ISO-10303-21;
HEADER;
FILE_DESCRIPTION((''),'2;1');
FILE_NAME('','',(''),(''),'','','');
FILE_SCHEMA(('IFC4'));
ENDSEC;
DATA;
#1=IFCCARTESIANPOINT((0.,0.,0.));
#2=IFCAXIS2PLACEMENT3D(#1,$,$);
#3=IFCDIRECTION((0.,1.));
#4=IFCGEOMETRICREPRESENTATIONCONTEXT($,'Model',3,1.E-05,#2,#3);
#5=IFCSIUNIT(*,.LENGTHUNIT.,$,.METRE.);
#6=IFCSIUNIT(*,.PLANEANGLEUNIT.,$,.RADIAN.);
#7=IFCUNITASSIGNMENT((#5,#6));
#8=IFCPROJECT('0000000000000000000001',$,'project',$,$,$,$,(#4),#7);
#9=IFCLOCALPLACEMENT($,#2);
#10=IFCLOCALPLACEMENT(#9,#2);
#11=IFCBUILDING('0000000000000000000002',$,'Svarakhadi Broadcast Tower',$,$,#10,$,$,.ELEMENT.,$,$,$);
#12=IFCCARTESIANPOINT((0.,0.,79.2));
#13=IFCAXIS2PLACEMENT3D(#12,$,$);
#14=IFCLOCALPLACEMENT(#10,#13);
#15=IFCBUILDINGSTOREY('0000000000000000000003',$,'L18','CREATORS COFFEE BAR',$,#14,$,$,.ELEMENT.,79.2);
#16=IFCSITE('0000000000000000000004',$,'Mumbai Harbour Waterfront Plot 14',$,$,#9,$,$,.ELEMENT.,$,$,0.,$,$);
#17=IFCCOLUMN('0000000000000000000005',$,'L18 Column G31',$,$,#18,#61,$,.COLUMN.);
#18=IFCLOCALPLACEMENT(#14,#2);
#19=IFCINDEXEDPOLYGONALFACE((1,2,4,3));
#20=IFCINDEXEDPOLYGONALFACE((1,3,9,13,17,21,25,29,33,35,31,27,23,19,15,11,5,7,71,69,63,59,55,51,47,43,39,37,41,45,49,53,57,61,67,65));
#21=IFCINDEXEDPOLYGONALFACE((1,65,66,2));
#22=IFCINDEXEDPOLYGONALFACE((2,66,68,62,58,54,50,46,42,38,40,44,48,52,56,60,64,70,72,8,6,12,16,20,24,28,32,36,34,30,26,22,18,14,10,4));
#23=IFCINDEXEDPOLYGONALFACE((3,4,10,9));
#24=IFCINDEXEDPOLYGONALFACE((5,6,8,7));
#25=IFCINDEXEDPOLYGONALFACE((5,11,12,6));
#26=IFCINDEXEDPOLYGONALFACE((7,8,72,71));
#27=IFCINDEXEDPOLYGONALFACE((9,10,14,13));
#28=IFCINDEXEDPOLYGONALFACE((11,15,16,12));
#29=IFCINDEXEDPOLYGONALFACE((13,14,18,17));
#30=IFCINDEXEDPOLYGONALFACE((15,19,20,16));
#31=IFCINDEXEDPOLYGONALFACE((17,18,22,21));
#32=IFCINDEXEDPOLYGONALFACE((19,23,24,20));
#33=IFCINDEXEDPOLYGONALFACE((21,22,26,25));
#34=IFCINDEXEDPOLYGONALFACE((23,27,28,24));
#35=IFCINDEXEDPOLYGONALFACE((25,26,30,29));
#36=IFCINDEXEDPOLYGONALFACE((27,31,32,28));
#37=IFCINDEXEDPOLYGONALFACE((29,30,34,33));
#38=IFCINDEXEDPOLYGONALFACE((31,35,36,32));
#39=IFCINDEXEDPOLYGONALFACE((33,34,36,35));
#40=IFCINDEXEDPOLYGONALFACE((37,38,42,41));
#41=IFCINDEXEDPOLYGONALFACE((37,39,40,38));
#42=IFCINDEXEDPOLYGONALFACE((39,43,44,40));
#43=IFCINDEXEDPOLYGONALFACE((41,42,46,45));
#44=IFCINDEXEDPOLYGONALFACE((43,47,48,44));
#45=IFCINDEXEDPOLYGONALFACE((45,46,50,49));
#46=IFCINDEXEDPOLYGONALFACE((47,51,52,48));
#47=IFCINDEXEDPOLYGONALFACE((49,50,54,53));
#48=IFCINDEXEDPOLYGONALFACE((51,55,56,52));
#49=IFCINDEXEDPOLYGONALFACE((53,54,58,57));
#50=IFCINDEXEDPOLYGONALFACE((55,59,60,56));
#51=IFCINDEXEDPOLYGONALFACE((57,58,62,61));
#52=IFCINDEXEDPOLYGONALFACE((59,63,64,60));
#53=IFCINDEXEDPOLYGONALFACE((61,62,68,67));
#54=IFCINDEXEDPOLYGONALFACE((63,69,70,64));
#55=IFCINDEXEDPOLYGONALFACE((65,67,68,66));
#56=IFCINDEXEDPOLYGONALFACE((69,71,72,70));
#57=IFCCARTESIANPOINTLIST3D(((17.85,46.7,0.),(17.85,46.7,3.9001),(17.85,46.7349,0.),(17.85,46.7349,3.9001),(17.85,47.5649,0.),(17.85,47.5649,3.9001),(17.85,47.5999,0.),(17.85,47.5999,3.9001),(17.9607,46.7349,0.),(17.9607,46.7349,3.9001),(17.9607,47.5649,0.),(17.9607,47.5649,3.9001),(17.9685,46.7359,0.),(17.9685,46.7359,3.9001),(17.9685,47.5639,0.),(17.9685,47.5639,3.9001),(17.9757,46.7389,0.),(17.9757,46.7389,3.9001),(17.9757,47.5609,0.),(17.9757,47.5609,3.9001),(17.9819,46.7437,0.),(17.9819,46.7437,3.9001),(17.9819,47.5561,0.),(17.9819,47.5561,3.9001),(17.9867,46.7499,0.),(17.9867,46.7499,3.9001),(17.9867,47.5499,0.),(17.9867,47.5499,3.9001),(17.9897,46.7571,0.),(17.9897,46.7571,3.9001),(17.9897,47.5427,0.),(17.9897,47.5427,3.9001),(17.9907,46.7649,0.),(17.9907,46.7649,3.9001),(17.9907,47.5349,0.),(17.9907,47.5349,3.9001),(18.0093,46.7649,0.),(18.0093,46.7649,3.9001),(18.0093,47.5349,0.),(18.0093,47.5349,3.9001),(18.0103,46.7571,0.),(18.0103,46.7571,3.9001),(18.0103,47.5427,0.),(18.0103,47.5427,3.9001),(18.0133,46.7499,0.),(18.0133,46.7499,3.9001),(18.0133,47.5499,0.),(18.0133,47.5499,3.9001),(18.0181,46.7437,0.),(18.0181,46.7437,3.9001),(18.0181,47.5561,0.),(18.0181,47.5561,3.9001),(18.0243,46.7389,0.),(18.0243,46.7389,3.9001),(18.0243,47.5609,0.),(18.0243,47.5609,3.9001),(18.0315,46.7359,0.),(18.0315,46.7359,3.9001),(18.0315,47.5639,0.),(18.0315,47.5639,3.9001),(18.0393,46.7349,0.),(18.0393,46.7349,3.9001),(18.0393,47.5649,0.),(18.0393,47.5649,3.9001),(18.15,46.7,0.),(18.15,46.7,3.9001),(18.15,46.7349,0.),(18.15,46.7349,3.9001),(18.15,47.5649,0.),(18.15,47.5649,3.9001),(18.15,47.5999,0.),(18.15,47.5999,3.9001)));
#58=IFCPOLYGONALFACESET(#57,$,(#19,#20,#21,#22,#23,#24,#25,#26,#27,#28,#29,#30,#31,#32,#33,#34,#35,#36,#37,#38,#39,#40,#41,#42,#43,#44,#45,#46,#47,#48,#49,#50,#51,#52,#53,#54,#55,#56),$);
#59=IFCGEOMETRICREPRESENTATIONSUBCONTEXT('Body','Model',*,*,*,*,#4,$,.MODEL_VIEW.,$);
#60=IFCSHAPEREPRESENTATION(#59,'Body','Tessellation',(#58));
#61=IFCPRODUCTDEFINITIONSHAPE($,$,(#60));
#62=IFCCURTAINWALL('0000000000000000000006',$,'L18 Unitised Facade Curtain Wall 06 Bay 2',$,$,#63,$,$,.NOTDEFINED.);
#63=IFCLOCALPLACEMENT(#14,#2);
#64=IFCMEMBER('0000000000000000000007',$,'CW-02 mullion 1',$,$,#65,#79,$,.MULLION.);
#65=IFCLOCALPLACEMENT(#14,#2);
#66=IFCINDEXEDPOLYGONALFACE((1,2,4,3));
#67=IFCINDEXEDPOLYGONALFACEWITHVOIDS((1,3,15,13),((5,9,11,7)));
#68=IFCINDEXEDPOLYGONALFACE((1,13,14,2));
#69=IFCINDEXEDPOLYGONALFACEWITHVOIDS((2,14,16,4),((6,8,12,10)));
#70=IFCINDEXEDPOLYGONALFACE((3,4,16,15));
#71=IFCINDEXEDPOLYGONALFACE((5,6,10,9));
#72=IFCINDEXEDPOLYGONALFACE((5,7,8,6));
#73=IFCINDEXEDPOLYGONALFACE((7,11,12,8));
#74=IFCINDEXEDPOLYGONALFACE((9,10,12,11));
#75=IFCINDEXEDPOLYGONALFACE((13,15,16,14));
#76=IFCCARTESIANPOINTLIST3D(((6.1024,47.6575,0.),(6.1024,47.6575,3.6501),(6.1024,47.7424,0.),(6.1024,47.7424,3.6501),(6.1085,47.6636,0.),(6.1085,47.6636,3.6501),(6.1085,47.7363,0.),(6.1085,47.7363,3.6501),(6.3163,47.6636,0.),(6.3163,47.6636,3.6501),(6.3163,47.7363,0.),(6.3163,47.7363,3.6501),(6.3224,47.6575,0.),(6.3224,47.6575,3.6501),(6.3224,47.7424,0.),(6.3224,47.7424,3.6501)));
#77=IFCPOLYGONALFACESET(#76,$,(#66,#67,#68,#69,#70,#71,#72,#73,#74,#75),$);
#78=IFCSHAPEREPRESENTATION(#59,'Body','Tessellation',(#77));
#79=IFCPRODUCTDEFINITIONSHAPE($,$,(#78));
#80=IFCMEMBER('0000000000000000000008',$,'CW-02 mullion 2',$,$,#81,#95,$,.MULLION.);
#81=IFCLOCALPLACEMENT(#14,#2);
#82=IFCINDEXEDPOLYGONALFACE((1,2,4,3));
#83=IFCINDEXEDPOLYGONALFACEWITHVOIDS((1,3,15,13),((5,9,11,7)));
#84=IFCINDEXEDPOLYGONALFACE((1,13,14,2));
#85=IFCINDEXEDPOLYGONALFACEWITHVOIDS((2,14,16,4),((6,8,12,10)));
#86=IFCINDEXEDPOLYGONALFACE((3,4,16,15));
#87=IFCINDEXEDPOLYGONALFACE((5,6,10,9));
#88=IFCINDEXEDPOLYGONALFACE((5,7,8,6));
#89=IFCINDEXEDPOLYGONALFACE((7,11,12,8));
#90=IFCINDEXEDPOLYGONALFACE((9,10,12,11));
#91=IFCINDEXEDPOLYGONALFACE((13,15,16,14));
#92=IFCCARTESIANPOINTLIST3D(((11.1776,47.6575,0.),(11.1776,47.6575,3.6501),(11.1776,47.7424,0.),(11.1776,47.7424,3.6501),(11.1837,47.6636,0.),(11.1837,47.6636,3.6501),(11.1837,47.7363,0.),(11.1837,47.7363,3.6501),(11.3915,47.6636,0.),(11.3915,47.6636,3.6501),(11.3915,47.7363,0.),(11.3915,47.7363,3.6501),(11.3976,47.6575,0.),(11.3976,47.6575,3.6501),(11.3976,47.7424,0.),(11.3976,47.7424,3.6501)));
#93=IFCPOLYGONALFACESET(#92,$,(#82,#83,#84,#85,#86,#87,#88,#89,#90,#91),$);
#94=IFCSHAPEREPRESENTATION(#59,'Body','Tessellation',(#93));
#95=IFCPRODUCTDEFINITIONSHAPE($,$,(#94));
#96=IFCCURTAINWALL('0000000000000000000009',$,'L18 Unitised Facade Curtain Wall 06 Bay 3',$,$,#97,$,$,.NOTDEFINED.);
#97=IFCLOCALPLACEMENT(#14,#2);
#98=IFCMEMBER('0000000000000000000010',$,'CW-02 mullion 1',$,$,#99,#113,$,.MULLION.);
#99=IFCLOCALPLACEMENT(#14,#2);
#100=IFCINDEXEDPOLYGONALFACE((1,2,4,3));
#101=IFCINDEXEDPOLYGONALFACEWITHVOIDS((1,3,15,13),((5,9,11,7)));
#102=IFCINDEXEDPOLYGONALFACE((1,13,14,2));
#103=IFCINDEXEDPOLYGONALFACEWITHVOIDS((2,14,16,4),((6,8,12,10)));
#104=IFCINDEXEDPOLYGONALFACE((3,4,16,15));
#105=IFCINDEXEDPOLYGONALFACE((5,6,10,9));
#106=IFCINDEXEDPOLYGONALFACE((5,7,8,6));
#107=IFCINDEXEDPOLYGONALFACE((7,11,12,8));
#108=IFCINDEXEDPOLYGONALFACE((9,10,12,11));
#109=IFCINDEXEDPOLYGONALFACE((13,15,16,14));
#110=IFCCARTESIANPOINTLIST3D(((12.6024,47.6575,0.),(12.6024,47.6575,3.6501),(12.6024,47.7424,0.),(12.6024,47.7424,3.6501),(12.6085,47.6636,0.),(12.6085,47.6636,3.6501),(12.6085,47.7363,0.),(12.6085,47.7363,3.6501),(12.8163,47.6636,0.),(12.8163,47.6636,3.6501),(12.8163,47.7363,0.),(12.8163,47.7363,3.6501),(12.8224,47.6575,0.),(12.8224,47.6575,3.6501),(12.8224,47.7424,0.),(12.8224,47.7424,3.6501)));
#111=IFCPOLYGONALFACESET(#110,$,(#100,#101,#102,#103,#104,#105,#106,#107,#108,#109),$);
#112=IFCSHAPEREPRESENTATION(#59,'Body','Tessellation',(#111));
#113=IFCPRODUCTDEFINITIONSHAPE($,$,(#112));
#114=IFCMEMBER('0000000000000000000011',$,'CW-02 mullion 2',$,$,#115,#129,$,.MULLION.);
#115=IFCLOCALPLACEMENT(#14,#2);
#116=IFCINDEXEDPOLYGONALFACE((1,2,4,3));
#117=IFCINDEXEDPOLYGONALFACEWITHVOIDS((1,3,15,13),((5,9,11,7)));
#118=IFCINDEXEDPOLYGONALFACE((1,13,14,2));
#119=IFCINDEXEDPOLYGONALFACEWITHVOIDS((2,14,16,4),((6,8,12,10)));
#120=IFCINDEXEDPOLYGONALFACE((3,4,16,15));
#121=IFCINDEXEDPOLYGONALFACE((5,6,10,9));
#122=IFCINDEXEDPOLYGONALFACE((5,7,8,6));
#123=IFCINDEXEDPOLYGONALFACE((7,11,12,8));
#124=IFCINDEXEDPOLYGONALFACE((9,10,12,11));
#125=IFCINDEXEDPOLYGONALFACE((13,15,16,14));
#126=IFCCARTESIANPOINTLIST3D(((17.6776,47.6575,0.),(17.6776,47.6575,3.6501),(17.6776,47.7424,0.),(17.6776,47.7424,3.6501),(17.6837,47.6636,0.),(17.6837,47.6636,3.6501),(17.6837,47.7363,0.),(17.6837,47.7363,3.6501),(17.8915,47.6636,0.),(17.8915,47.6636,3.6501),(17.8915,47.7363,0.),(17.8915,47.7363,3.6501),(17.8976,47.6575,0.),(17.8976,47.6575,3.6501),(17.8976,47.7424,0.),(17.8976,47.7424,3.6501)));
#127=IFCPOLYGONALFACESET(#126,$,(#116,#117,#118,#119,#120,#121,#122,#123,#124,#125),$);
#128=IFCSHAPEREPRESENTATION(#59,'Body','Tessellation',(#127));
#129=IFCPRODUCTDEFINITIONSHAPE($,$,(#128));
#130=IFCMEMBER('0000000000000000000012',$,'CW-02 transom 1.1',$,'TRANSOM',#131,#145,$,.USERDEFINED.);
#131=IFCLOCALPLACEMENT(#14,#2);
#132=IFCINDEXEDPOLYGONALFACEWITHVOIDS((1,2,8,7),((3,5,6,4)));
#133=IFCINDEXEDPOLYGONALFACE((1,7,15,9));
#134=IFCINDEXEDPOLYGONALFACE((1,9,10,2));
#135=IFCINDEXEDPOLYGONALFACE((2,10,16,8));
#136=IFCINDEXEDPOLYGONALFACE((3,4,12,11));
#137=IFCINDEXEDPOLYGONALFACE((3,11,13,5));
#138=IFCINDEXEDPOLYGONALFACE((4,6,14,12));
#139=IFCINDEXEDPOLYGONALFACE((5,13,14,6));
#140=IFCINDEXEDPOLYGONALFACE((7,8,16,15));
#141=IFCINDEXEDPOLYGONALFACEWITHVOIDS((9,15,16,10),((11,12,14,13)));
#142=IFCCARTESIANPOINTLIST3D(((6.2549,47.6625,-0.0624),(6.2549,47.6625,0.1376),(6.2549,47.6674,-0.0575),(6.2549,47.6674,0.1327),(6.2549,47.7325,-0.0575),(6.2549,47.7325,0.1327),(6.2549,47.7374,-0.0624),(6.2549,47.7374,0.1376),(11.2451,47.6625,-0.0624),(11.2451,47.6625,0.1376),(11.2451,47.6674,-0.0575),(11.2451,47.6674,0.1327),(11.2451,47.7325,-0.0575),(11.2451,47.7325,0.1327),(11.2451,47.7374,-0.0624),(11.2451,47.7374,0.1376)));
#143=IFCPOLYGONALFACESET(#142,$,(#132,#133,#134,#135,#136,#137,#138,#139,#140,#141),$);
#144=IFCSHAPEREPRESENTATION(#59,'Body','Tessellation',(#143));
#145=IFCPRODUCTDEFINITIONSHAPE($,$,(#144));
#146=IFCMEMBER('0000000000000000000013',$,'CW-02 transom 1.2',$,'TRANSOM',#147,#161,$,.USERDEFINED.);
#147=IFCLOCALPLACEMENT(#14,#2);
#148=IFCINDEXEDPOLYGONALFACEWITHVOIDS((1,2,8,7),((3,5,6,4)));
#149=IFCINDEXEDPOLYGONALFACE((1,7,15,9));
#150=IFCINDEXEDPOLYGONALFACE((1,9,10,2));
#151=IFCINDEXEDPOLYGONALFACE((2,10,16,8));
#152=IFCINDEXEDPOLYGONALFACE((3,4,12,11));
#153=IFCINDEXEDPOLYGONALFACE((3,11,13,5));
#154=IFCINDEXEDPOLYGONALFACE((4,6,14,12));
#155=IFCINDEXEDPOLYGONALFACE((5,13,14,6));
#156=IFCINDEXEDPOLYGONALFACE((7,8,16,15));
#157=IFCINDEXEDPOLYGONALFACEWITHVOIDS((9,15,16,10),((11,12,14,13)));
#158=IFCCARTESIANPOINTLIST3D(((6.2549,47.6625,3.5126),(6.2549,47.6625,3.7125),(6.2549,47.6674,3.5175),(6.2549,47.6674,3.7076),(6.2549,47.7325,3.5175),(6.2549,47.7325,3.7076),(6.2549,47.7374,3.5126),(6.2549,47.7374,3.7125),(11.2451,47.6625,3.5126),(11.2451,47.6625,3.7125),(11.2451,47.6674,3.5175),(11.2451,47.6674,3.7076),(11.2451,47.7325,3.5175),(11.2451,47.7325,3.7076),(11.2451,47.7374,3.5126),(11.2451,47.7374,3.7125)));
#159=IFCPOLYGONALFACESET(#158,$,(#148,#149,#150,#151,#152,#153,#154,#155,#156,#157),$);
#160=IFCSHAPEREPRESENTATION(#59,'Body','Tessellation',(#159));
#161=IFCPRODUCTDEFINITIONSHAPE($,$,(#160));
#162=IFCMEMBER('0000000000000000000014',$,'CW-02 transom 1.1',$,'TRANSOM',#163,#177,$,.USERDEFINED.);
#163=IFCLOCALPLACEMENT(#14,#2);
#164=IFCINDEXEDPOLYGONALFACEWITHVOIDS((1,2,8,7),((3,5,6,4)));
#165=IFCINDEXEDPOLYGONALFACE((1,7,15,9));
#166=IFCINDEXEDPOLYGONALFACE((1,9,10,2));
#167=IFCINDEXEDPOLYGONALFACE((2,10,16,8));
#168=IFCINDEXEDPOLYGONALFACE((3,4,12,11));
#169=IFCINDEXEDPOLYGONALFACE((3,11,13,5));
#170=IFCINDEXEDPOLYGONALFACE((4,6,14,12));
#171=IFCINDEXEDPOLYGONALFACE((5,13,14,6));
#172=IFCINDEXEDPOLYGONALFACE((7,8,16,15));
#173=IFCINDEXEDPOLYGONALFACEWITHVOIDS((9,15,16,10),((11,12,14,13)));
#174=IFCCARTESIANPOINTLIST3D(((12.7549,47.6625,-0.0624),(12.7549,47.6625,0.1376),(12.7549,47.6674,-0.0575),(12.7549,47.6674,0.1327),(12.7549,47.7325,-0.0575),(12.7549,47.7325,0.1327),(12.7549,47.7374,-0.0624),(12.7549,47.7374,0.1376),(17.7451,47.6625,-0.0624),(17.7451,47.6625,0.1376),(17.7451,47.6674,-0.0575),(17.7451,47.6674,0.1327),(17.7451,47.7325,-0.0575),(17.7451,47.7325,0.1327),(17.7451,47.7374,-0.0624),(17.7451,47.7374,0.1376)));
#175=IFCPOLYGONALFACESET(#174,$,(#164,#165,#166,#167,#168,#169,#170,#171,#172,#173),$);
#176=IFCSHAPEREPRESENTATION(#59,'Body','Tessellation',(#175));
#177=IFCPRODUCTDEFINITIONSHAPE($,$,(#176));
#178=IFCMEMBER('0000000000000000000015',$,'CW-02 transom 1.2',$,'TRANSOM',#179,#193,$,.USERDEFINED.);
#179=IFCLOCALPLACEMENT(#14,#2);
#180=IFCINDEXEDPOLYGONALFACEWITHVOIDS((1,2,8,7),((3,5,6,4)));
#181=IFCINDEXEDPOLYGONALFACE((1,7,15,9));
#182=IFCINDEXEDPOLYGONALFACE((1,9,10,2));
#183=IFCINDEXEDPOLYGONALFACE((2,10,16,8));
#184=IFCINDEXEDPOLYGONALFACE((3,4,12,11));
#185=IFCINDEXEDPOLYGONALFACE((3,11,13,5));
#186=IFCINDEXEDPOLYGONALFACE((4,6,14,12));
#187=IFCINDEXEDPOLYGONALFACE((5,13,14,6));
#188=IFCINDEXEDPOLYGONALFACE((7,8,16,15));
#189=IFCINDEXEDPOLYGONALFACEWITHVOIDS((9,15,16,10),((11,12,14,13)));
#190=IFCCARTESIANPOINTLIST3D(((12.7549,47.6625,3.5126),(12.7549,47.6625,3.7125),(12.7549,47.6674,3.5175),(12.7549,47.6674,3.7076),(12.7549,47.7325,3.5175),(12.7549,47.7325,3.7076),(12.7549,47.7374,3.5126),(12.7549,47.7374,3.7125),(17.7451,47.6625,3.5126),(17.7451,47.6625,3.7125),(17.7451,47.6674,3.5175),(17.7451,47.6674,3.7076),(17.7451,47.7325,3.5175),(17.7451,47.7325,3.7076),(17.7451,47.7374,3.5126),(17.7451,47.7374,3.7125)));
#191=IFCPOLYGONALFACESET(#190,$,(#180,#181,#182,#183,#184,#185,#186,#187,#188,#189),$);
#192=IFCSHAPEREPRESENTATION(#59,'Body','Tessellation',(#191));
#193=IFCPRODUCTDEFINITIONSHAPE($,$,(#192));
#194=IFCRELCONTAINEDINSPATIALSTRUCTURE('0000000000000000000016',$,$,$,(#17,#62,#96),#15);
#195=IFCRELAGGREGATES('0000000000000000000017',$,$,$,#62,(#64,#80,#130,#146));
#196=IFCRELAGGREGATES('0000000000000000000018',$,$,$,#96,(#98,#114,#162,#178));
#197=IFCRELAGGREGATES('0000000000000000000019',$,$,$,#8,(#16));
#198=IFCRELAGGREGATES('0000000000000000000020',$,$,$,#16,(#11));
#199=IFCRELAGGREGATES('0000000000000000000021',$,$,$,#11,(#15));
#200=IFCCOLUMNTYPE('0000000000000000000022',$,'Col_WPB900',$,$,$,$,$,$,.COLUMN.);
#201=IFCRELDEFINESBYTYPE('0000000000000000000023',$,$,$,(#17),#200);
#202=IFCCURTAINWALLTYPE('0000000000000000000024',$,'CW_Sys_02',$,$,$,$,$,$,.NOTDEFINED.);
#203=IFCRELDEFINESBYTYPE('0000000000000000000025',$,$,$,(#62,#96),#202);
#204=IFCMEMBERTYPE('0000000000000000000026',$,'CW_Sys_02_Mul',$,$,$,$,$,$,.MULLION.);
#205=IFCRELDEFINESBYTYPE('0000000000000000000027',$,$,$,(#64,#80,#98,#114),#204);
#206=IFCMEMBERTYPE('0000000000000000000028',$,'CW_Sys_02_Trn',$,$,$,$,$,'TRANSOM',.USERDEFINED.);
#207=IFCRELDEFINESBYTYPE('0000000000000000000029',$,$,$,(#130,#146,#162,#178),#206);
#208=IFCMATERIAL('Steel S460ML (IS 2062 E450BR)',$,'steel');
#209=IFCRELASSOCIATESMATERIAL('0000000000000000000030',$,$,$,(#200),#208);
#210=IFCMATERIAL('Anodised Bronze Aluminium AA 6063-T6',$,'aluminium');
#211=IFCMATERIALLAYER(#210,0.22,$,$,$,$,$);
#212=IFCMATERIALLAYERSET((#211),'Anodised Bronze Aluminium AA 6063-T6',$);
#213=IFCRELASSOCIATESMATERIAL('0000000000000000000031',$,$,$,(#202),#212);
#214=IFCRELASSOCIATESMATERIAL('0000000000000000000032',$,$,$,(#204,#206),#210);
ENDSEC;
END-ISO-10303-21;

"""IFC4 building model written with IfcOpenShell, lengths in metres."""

from ifc_helpers import new_model, si_unit, direction, frame, origin, origin_2d, place, context, subcontext, project, spatial, hollow_rectangle, i_section, extrude, material, layer, layer_set, material_profile, profile_set, type_object, element, aggregate, save


model = new_model("IFC4")

# Units and contexts
model_context = context("Model", 3, precision=1e-05, world=origin(), true_north=direction((0.0, 1.0)))
body_context = subcontext(model_context, "Body", "Model", "MODEL_VIEW")
ifc_project = project(units=[si_unit("LENGTHUNIT", "METRE"), si_unit("PLANEANGLEUNIT", "RADIAN")], contexts=[model_context])

# Site, building, storey
site_placement = place(None, origin())
site = spatial("IfcSite", under=ifc_project, at=site_placement, Name="Mumbai Harbour Waterfront Plot 14", CompositionType="ELEMENT", RefElevation=0.0)
building_placement = place(site_placement, origin())
building = spatial("IfcBuilding", under=site, at=building_placement, Name="Svarakhadi Broadcast Tower", CompositionType="ELEMENT")
storey_placement = place(building_placement, frame((0.0, 0.0, 79.2)))
storey = spatial("IfcBuildingStorey", under=building, at=storey_placement, Name="L18", Description="CREATORS COFFEE BAR", CompositionType="ELEMENT", Elevation=79.2)

# Column
ifc_material_1 = material(Name="Steel S460ML (IS 2062 E450BR)", Category="steel")
ifc_material_profile_1 = material_profile(ifc_material_1, i_section(OverallWidth=0.3, OverallDepth=0.8999, WebThickness=0.0186, FlangeThickness=0.0349, FilletRadius=0.03, at=origin_2d()), Name="WPB 900x300x291")
ifc_profile_set_1 = profile_set([ifc_material_profile_1], Name="Steel S460ML (IS 2062 E450BR)")
column_type = type_object("IfcColumnType", Name="Col_WPB900", PredefinedType="COLUMN", material=ifc_profile_set_1)
column_placement = place(storey_placement, frame((18.0, 47.1499, 0.0), z_axis=(0.0, 0.0, 1.0), x_axis=(1.0, 0.0, 0.0)))
element("IfcColumn", 1, at=column_placement, inside=storey, type_object=column_type, Name="L18 Column G31", PredefinedType="COLUMN", context=body_context, shape_type="SweptSolid", body=[
    extrude(i_section(OverallWidth=0.3, OverallDepth=0.8999, WebThickness=0.0186, FlangeThickness=0.0349, FilletRadius=0.03, at=origin_2d()), origin(), (0.0, 0.0, 1.0), 3.9001),
])

# Curtain walls, members
ifc_material_2 = material(Name="Anodised Bronze Aluminium AA 6063-T6", Category="aluminium")
ifc_layer_1 = layer(ifc_material_2, 0.22)
ifc_layer_set_1 = layer_set([ifc_layer_1], Name="Anodised Bronze Aluminium AA 6063-T6")
curtain_wall_type = type_object("IfcCurtainWallType", Name="CW_Sys_02", PredefinedType="NOTDEFINED", material=ifc_layer_set_1)
curtain_wall_1_placement = place(storey_placement, origin())
curtain_wall_1 = element("IfcCurtainWall", 2, at=curtain_wall_1_placement, inside=storey, type_object=curtain_wall_type, Name="L18 Unitised Facade Curtain Wall 06 Bay 2", PredefinedType="NOTDEFINED")
ifc_material_profile_2 = material_profile(ifc_material_2, hollow_rectangle(XDim=0.085, YDim=0.22, WallThickness=0.0061, at=origin_2d()), Name="ALU MULLION 220x85x6")
ifc_profile_set_2 = profile_set([ifc_material_profile_2], Name="Anodised Bronze Aluminium AA 6063-T6")
member_type_1 = type_object("IfcMemberType", Name="CW_Sys_02_Mul", PredefinedType="MULLION", material=ifc_profile_set_2)
member_1_placement = place(storey_placement, frame((6.2124, 47.7, 0.0), z_axis=(0.0, 0.0, 1.0), x_axis=(0.0, 1.0, 0.0)))
member_1 = element("IfcMember", 3, at=member_1_placement, type_object=member_type_1, Name="CW-02 mullion 1", PredefinedType="MULLION", context=body_context, shape_type="SweptSolid", body=[
    extrude(hollow_rectangle(XDim=0.085, YDim=0.22, WallThickness=0.0061, at=origin_2d()), origin(), (0.0, 0.0, 1.0), 3.6501),
])
member_2_placement = place(storey_placement, frame((11.2876, 47.7, 0.0), z_axis=(0.0, 0.0, 1.0), x_axis=(0.0, 1.0, 0.0)))
member_2 = element("IfcMember", 4, at=member_2_placement, type_object=member_type_1, Name="CW-02 mullion 2", PredefinedType="MULLION", context=body_context, shape_type="SweptSolid", body=[
    extrude(hollow_rectangle(XDim=0.085, YDim=0.22, WallThickness=0.0061, at=origin_2d()), origin(), (0.0, 0.0, 1.0), 3.6501),
])
curtain_wall_2_placement = place(storey_placement, origin())
curtain_wall_2 = element("IfcCurtainWall", 5, at=curtain_wall_2_placement, inside=storey, type_object=curtain_wall_type, Name="L18 Unitised Facade Curtain Wall 06 Bay 3", PredefinedType="NOTDEFINED")
member_3_placement = place(storey_placement, frame((12.7124, 47.7, 0.0), z_axis=(0.0, 0.0, 1.0), x_axis=(0.0, 1.0, 0.0)))
member_3 = element("IfcMember", 6, at=member_3_placement, type_object=member_type_1, Name="CW-02 mullion 1", PredefinedType="MULLION", context=body_context, shape_type="SweptSolid", body=[
    extrude(hollow_rectangle(XDim=0.085, YDim=0.22, WallThickness=0.0061, at=origin_2d()), origin(), (0.0, 0.0, 1.0), 3.6501),
])
member_4_placement = place(storey_placement, frame((17.7876, 47.7, 0.0), z_axis=(0.0, 0.0, 1.0), x_axis=(0.0, 1.0, 0.0)))
member_4 = element("IfcMember", 7, at=member_4_placement, type_object=member_type_1, Name="CW-02 mullion 2", PredefinedType="MULLION", context=body_context, shape_type="SweptSolid", body=[
    extrude(hollow_rectangle(XDim=0.085, YDim=0.22, WallThickness=0.0061, at=origin_2d()), origin(), (0.0, 0.0, 1.0), 3.6501),
])

# Members
ifc_material_profile_3 = material_profile(ifc_material_2, hollow_rectangle(XDim=0.075, YDim=0.2, WallThickness=0.0049, at=origin_2d()), Name="ALU TRANSOM 200x75x5")
ifc_profile_set_3 = profile_set([ifc_material_profile_3], Name="Anodised Bronze Aluminium AA 6063-T6")
member_type_2 = type_object("IfcMemberType", Name="CW_Sys_02_Trn", ElementType="TRANSOM", PredefinedType="USERDEFINED", material=ifc_profile_set_3)
member_5_placement = place(storey_placement, frame((6.2549, 47.7, 0.0376), z_axis=(1.0, 0.0, 0.0), x_axis=(0.0, 1.0, 0.0)))
member_5 = element("IfcMember", 8, at=member_5_placement, type_object=member_type_2, Name="CW-02 transom 1.1", ObjectType="TRANSOM", PredefinedType="USERDEFINED", context=body_context, shape_type="SweptSolid", body=[
    extrude(hollow_rectangle(XDim=0.075, YDim=0.2, WallThickness=0.0049, at=origin_2d()), origin(), (0.0, 0.0, 1.0), 4.9902),
])
member_6_placement = place(storey_placement, frame((6.2549, 47.7, 3.6125), z_axis=(1.0, 0.0, 0.0), x_axis=(0.0, 1.0, 0.0)))
member_6 = element("IfcMember", 9, at=member_6_placement, type_object=member_type_2, Name="CW-02 transom 1.2", ObjectType="TRANSOM", PredefinedType="USERDEFINED", context=body_context, shape_type="SweptSolid", body=[
    extrude(hollow_rectangle(XDim=0.075, YDim=0.2, WallThickness=0.0049, at=origin_2d()), origin(), (0.0, 0.0, 1.0), 4.9902),
])
member_7_placement = place(storey_placement, frame((12.7549, 47.7, 0.0376), z_axis=(1.0, 0.0, 0.0), x_axis=(0.0, 1.0, 0.0)))
member_7 = element("IfcMember", 10, at=member_7_placement, type_object=member_type_2, Name="CW-02 transom 1.1", ObjectType="TRANSOM", PredefinedType="USERDEFINED", context=body_context, shape_type="SweptSolid", body=[
    extrude(hollow_rectangle(XDim=0.075, YDim=0.2, WallThickness=0.0049, at=origin_2d()), origin(), (0.0, 0.0, 1.0), 4.9902),
])
member_8_placement = place(storey_placement, frame((12.7549, 47.7, 3.6125), z_axis=(1.0, 0.0, 0.0), x_axis=(0.0, 1.0, 0.0)))
member_8 = element("IfcMember", 11, at=member_8_placement, type_object=member_type_2, Name="CW-02 transom 1.2", ObjectType="TRANSOM", PredefinedType="USERDEFINED", context=body_context, shape_type="SweptSolid", body=[
    extrude(hollow_rectangle(XDim=0.075, YDim=0.2, WallThickness=0.0049, at=origin_2d()), origin(), (0.0, 0.0, 1.0), 4.9902),
])

aggregate(curtain_wall_1, [member_1, member_2, member_5, member_6])
aggregate(curtain_wall_2, [member_3, member_4, member_7, member_8])

save(model, "model.ifc")
